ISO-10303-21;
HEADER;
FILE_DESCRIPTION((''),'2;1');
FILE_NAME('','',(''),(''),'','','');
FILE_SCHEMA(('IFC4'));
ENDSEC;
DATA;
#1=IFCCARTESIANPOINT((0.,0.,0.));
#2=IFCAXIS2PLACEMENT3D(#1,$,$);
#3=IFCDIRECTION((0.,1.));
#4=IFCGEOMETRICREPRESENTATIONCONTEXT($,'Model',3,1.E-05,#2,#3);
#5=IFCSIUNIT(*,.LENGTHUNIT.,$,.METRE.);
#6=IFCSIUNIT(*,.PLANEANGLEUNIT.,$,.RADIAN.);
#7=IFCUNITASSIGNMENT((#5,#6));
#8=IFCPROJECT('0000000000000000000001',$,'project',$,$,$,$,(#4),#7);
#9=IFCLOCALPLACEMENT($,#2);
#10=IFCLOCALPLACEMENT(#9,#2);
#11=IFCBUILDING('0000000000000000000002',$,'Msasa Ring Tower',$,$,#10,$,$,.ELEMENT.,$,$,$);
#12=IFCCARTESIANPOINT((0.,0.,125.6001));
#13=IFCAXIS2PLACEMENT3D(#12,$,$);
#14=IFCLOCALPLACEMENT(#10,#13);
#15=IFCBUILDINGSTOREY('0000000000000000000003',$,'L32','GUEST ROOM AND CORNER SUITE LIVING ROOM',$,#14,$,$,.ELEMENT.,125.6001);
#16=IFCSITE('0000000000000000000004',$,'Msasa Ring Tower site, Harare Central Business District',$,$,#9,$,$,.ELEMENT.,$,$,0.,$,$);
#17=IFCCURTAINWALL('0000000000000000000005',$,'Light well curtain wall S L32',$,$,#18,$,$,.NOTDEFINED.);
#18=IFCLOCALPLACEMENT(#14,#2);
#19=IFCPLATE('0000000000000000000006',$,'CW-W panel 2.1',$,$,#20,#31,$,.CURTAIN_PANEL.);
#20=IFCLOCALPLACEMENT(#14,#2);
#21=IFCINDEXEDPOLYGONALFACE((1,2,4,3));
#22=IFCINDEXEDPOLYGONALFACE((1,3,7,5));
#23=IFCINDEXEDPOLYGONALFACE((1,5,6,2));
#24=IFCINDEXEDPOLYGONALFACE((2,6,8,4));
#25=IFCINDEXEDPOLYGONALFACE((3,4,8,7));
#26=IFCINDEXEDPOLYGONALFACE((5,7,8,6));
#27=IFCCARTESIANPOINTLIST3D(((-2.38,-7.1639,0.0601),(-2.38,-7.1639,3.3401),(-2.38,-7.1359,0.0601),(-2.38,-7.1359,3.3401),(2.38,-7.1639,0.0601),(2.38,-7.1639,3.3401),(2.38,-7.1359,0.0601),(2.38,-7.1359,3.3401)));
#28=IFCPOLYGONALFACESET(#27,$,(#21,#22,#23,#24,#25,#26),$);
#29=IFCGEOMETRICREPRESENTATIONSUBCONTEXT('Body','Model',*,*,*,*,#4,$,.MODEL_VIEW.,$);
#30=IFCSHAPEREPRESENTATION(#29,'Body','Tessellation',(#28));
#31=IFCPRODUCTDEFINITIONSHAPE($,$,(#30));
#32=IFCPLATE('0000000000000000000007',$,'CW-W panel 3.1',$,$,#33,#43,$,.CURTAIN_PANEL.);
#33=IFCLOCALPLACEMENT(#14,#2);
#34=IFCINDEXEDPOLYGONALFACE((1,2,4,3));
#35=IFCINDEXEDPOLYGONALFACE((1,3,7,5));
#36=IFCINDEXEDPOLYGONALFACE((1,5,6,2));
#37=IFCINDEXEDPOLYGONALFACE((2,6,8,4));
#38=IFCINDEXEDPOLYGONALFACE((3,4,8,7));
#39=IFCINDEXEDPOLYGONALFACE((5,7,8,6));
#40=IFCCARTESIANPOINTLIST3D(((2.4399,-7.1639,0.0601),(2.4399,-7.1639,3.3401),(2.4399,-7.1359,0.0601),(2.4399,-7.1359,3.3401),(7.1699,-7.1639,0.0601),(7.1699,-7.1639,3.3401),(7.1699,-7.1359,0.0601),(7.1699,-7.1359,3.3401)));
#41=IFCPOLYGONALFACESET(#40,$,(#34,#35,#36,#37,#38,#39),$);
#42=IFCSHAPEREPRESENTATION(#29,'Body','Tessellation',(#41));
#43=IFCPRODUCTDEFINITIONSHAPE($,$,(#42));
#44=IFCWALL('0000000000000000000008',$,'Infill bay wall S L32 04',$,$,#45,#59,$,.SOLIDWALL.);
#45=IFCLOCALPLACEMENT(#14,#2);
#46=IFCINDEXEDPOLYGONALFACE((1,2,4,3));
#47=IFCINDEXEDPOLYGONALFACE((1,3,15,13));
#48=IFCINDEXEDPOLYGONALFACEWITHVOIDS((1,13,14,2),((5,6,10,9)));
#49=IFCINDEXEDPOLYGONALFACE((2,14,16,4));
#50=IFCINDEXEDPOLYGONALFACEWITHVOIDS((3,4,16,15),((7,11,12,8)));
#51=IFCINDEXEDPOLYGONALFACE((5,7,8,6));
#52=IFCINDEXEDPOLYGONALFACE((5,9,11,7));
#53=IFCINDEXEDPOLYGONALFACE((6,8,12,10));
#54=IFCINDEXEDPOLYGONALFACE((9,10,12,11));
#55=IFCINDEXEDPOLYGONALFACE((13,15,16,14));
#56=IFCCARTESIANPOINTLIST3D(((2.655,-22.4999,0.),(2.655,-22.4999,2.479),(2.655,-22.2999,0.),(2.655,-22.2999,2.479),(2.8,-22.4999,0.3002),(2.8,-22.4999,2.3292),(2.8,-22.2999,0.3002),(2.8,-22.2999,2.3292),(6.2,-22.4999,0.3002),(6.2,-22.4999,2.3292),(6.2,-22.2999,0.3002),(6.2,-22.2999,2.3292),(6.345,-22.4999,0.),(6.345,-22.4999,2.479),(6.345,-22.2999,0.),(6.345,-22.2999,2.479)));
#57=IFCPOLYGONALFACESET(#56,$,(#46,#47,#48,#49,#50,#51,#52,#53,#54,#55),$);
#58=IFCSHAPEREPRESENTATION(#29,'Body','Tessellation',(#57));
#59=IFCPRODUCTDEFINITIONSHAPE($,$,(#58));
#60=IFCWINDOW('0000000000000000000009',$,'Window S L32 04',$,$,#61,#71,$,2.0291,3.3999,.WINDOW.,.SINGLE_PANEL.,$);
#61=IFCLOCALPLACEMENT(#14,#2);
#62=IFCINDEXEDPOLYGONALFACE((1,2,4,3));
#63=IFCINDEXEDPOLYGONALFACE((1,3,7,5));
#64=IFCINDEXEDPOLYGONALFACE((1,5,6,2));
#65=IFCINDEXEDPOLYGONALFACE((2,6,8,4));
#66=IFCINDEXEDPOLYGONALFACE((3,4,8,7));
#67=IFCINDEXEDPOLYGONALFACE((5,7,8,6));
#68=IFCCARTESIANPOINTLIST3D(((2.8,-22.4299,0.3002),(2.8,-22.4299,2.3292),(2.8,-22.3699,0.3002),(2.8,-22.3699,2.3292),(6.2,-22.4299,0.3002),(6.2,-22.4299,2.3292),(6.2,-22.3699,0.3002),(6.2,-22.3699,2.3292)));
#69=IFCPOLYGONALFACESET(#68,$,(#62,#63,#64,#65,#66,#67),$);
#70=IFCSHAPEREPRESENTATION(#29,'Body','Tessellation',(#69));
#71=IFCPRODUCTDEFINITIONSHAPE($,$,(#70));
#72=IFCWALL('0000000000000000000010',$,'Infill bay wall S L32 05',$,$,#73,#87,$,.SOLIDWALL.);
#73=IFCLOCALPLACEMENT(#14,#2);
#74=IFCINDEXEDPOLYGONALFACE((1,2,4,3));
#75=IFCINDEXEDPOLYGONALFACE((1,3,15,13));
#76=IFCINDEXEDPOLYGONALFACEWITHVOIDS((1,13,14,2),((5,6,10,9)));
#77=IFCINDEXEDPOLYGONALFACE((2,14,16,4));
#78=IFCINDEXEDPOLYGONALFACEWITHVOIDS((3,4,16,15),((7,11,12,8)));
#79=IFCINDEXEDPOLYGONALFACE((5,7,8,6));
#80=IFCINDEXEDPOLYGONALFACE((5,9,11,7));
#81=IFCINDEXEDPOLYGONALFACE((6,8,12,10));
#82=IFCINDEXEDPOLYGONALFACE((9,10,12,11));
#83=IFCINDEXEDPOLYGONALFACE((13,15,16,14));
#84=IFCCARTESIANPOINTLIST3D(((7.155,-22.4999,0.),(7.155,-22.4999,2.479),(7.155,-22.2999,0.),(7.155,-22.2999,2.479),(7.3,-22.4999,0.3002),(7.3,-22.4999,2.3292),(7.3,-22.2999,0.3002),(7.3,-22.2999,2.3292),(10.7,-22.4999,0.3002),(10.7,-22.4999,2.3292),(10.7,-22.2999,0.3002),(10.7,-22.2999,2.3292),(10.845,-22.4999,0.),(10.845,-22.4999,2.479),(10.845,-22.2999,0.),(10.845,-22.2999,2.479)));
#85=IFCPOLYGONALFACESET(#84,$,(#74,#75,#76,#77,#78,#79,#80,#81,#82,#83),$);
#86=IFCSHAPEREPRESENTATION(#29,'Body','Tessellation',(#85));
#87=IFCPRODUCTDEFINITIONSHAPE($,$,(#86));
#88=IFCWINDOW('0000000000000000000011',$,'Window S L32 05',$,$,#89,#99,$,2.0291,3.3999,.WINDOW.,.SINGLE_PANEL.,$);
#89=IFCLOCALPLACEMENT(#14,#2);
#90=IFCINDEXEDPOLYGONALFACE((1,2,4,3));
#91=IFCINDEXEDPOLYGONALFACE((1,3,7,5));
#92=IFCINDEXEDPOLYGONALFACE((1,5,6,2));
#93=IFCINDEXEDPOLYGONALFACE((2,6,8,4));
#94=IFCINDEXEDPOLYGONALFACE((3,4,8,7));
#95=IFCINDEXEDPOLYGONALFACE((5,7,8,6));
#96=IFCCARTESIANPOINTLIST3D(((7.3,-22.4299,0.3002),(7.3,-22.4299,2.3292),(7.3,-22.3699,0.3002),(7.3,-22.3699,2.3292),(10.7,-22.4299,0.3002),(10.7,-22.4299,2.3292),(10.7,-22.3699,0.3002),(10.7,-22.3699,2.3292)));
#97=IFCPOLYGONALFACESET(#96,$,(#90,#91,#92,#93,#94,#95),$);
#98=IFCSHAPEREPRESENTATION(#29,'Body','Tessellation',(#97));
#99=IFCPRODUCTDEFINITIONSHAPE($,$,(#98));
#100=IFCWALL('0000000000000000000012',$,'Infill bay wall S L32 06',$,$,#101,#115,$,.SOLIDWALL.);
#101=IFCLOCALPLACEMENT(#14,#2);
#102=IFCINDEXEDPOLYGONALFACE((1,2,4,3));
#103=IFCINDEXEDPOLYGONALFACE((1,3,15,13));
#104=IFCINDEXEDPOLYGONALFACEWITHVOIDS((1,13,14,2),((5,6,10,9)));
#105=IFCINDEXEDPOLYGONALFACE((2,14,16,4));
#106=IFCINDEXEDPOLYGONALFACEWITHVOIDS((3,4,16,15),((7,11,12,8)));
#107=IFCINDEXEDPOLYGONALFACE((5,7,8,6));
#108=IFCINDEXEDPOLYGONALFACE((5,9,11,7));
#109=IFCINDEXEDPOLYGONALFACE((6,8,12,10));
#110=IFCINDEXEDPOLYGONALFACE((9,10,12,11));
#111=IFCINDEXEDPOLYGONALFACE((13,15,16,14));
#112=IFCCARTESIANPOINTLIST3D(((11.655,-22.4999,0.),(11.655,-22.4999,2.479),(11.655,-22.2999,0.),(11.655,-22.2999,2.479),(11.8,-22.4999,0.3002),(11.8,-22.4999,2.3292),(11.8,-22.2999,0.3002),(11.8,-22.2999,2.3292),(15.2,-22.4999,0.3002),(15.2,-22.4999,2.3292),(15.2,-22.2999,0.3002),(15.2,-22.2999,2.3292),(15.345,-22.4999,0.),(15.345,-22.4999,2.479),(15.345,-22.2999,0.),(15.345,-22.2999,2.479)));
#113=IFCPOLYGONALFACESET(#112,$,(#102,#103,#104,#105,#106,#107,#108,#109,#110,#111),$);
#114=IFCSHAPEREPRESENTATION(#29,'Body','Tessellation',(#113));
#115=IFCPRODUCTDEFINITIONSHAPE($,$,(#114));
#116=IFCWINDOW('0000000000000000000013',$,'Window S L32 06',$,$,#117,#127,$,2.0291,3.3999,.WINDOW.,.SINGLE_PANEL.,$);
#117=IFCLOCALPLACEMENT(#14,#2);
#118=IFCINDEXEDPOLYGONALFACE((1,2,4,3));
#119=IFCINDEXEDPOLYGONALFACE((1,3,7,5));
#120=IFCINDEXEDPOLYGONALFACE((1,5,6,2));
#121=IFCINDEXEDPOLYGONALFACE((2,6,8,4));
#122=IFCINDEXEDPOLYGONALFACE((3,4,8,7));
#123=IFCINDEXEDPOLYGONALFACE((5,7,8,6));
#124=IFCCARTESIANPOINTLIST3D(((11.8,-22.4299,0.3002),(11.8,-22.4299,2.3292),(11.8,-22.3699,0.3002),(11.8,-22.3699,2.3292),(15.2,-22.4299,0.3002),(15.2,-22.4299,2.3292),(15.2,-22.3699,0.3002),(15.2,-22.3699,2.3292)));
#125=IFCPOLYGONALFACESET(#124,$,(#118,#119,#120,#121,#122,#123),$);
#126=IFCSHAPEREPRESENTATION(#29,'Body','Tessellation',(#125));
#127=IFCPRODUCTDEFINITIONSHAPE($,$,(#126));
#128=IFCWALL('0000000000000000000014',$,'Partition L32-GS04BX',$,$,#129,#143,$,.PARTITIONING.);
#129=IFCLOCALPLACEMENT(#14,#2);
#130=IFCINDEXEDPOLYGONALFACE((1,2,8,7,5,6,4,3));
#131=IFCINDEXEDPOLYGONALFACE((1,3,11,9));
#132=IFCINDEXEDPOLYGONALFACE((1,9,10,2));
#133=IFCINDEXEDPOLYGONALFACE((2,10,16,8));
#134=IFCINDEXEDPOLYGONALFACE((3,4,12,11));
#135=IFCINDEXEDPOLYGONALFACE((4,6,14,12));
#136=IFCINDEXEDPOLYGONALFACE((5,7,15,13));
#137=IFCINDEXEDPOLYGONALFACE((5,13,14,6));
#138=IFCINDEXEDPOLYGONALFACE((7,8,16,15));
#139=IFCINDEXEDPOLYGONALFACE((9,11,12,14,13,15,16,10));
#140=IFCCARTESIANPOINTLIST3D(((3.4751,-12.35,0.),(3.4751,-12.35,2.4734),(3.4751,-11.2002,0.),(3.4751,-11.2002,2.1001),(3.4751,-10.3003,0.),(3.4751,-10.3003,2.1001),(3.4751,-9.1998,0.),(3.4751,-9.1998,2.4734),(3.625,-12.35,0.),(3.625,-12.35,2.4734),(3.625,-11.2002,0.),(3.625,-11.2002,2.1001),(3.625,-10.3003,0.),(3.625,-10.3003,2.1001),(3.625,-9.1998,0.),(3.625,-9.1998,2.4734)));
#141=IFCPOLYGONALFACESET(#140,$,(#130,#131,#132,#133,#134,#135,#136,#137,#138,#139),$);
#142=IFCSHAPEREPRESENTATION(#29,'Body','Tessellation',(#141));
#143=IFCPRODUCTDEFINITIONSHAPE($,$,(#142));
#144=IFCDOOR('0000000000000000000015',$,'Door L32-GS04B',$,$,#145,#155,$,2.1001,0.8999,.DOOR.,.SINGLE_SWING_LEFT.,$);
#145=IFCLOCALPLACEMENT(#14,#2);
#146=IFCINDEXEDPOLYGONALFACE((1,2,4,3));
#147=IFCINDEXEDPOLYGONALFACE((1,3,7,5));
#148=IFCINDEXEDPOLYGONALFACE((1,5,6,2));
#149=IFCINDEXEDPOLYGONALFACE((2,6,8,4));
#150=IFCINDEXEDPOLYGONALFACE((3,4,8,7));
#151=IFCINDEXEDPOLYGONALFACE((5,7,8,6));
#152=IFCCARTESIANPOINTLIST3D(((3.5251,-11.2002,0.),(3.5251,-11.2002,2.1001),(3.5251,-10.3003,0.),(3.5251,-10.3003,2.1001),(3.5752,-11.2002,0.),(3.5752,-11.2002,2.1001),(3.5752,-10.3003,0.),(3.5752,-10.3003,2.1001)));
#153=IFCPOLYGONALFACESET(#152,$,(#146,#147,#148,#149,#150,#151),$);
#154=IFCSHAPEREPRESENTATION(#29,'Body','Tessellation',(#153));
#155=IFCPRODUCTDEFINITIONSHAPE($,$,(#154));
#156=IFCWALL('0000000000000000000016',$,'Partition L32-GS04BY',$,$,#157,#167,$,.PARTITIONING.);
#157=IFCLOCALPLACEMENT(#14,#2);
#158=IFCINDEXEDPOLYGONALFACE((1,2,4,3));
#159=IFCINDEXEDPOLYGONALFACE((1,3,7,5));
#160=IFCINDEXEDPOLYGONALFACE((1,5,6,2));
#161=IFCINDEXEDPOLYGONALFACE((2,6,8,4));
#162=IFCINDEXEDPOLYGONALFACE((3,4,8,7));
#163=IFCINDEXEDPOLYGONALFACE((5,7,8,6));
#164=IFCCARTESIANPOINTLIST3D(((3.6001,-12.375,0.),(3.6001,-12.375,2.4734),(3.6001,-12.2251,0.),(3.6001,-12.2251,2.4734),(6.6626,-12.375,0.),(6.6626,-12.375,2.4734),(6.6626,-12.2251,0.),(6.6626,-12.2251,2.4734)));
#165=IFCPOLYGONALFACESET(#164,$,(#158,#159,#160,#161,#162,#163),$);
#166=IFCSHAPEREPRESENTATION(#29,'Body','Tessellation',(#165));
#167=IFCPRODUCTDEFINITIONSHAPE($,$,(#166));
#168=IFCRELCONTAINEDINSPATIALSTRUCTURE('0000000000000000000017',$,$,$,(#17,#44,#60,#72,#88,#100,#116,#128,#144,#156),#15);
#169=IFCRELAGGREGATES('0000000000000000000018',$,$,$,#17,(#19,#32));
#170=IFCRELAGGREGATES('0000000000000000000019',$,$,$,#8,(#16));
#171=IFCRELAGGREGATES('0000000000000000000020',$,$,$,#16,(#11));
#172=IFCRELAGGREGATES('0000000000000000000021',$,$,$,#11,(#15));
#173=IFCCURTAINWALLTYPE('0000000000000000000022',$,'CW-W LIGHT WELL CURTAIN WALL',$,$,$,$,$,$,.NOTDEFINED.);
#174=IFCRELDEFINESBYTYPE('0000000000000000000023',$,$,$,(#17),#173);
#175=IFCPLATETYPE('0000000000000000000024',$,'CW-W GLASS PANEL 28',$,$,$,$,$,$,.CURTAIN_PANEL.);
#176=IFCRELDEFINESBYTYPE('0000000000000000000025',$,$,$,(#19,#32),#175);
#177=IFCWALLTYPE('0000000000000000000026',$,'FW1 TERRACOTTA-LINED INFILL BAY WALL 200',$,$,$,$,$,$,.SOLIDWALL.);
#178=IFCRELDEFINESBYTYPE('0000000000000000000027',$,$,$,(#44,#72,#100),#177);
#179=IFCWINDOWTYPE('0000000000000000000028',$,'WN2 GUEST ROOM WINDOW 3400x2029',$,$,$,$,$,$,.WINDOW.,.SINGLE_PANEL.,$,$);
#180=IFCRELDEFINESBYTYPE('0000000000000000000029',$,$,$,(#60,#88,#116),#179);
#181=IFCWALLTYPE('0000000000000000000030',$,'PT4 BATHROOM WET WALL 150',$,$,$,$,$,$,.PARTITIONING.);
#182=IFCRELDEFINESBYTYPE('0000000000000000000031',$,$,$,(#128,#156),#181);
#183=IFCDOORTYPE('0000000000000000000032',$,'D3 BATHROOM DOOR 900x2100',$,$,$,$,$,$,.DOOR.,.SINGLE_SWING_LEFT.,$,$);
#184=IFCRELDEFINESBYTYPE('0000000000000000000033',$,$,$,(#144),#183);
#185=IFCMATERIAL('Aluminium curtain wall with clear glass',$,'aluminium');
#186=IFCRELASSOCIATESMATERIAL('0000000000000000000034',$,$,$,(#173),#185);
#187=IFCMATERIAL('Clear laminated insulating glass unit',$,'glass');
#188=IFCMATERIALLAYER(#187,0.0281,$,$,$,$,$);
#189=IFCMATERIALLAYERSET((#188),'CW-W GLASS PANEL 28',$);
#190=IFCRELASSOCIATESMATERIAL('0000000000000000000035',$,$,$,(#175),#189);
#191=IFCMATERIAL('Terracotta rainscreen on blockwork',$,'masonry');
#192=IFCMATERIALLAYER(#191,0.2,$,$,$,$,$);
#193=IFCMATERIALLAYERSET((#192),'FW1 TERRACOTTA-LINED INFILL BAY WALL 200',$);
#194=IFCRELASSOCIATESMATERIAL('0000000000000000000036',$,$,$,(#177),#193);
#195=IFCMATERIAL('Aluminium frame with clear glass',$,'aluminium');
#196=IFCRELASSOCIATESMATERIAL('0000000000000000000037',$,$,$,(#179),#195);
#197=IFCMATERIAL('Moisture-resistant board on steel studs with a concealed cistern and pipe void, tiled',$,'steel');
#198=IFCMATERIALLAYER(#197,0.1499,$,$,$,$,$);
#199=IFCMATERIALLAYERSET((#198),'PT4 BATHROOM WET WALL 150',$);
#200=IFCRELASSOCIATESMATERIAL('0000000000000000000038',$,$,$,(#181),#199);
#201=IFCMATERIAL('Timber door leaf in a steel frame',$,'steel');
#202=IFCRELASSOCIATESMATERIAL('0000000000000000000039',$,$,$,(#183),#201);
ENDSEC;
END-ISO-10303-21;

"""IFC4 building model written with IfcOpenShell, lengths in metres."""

from ifc_helpers import new_model, si_unit, direction, frame, frame_2d, origin, origin_2d, place, context, subcontext, project, spatial, rectangle, extrude, material, layer, layer_set, type_object, element, fill, aggregate, save


model = new_model("IFC4")

# Units and contexts
model_context = context("Model", 3, precision=1e-05, world=origin(), true_north=direction((0.0, 1.0)))
body_context = subcontext(model_context, "Body", "Model", "MODEL_VIEW")
ifc_project = project(units=[si_unit("LENGTHUNIT", "METRE"), si_unit("PLANEANGLEUNIT", "RADIAN")], contexts=[model_context])

# Site, building, storey
site_placement = place(None, origin())
site = spatial("IfcSite", under=ifc_project, at=site_placement, Name="Msasa Ring Tower site, Harare Central Business District", CompositionType="ELEMENT", RefElevation=0.0)
building_placement = place(site_placement, origin())
building = spatial("IfcBuilding", under=site, at=building_placement, Name="Msasa Ring Tower", CompositionType="ELEMENT")
storey_placement = place(building_placement, frame((0.0, 0.0, 125.6001)))
storey = spatial("IfcBuildingStorey", under=building, at=storey_placement, Name="L32", Description="GUEST ROOM AND CORNER SUITE LIVING ROOM", CompositionType="ELEMENT", Elevation=125.6001)

# Curtain wall
ifc_material_1 = material(Name="Aluminium curtain wall with clear glass", Category="aluminium")
curtain_wall_type = type_object("IfcCurtainWallType", Name="CW-W LIGHT WELL CURTAIN WALL", PredefinedType="NOTDEFINED", material=ifc_material_1)
curtain_wall_placement = place(storey_placement, origin())
curtain_wall = element("IfcCurtainWall", 1, at=curtain_wall_placement, inside=storey, type_object=curtain_wall_type, Name="Light well curtain wall S L32", PredefinedType="NOTDEFINED")

# Plates
ifc_material_2 = material(Name="Clear laminated insulating glass unit", Category="glass")
ifc_layer_1 = layer(ifc_material_2, 0.0281)
ifc_layer_set_1 = layer_set([ifc_layer_1], Name="CW-W GLASS PANEL 28")
plate_type = type_object("IfcPlateType", Name="CW-W GLASS PANEL 28", PredefinedType="CURTAIN_PANEL", material=ifc_layer_set_1)
plate_1_placement = place(storey_placement, frame((0.0, -7.1499, 0.0601), z_axis=(0.0, 0.0, 1.0), x_axis=(1.0, 0.0, 0.0)))
plate_1 = element("IfcPlate", 2, at=plate_1_placement, type_object=plate_type, Name="CW-W panel 2.1", PredefinedType="CURTAIN_PANEL", context=body_context, shape_type="SweptSolid", body=[
    extrude(rectangle(XDim=4.76, YDim=0.0281, at=origin_2d()), origin(), (0.0, 0.0, 1.0), 3.28),
])
plate_2_placement = place(storey_placement, frame((4.8049, -7.1499, 0.0601), z_axis=(0.0, 0.0, 1.0), x_axis=(1.0, 0.0, 0.0)))
plate_2 = element("IfcPlate", 3, at=plate_2_placement, type_object=plate_type, Name="CW-W panel 3.1", PredefinedType="CURTAIN_PANEL", context=body_context, shape_type="SweptSolid", body=[
    extrude(rectangle(XDim=4.73, YDim=0.0281, at=origin_2d()), origin(), (0.0, 0.0, 1.0), 3.28),
])
aggregate(curtain_wall, [plate_1, plate_2])

# Walls, openings, windows
ifc_material_3 = material(Name="Terracotta rainscreen on blockwork", Category="masonry")
ifc_layer_2 = layer(ifc_material_3, 0.2)
ifc_layer_set_2 = layer_set([ifc_layer_2], Name="FW1 TERRACOTTA-LINED INFILL BAY WALL 200")
wall_type_1 = type_object("IfcWallType", Name="FW1 TERRACOTTA-LINED INFILL BAY WALL 200", PredefinedType="SOLIDWALL", material=ifc_layer_set_2)
wall_1_placement = place(storey_placement, frame((2.655, -22.3999, 0.0), z_axis=(0.0, 0.0, 1.0), x_axis=(1.0, 0.0, 0.0)))
wall_1 = element("IfcWall", 4, at=wall_1_placement, inside=storey, type_object=wall_type_1, Name="Infill bay wall S L32 04", PredefinedType="SOLIDWALL", context=body_context, shape_type="SweptSolid", body=[
    extrude(rectangle(XDim=3.6899, YDim=0.2, at=frame_2d((1.845, 0.0))), origin(), (0.0, 0.0, 1.0), 2.479),
])
opening_1_placement = place(wall_1_placement, frame((0.145, 0.0, 0.3)))
opening_1 = element("IfcOpeningElement", 5, at=opening_1_placement, cuts=wall_1, PredefinedType="OPENING", context=body_context, shape_type="SweptSolid", body=[
    extrude(rectangle(XDim=3.3999, YDim=2.0291, at=frame_2d((1.7, 1.0146))), frame((0.0, 0.1099, 0.0), z_axis=(0.0, -1.0, 0.0), x_axis=(1.0, 0.0, 0.0)), (0.0, 0.0, 1.0), 0.22),
])
ifc_material_4 = material(Name="Aluminium frame with clear glass", Category="aluminium")
window_type = type_object("IfcWindowType", Name="WN2 GUEST ROOM WINDOW 3400x2029", PartitioningType="SINGLE_PANEL", PredefinedType="WINDOW", material=ifc_material_4)
window_1_placement = place(opening_1_placement, origin())
window_1 = element("IfcWindow", 6, at=window_1_placement, inside=storey, type_object=window_type, Name="Window S L32 04", OverallHeight=2.0291, OverallWidth=3.3999, PartitioningType="SINGLE_PANEL", PredefinedType="WINDOW", context=body_context, shape_type="SweptSolid", body=[
    extrude(rectangle(XDim=3.3999, YDim=2.0291, at=frame_2d((1.7, 1.0146))), frame((0.0, 0.03, 0.0), z_axis=(0.0, -1.0, 0.0), x_axis=(1.0, 0.0, 0.0)), (0.0, 0.0, 1.0), 0.0601),
])
fill(opening_1, window_1)
wall_2_placement = place(storey_placement, frame((7.155, -22.3999, 0.0), z_axis=(0.0, 0.0, 1.0), x_axis=(1.0, 0.0, 0.0)))
wall_2 = element("IfcWall", 7, at=wall_2_placement, inside=storey, type_object=wall_type_1, Name="Infill bay wall S L32 05", PredefinedType="SOLIDWALL", context=body_context, shape_type="SweptSolid", body=[
    extrude(rectangle(XDim=3.6899, YDim=0.2, at=frame_2d((1.845, 0.0))), origin(), (0.0, 0.0, 1.0), 2.479),
])
opening_2_placement = place(wall_2_placement, frame((0.145, 0.0, 0.3)))
opening_2 = element("IfcOpeningElement", 8, at=opening_2_placement, cuts=wall_2, PredefinedType="OPENING", context=body_context, shape_type="SweptSolid", body=[
    extrude(rectangle(XDim=3.3999, YDim=2.0291, at=frame_2d((1.7, 1.0146))), frame((0.0, 0.1099, 0.0), z_axis=(0.0, -1.0, 0.0), x_axis=(1.0, 0.0, 0.0)), (0.0, 0.0, 1.0), 0.22),
])
window_2_placement = place(opening_2_placement, origin())
window_2 = element("IfcWindow", 9, at=window_2_placement, inside=storey, type_object=window_type, Name="Window S L32 05", OverallHeight=2.0291, OverallWidth=3.3999, PartitioningType="SINGLE_PANEL", PredefinedType="WINDOW", context=body_context, shape_type="SweptSolid", body=[
    extrude(rectangle(XDim=3.3999, YDim=2.0291, at=frame_2d((1.7, 1.0146))), frame((0.0, 0.03, 0.0), z_axis=(0.0, -1.0, 0.0), x_axis=(1.0, 0.0, 0.0)), (0.0, 0.0, 1.0), 0.0601),
])
fill(opening_2, window_2)
wall_3_placement = place(storey_placement, frame((11.655, -22.3999, 0.0), z_axis=(0.0, 0.0, 1.0), x_axis=(1.0, 0.0, 0.0)))
wall_3 = element("IfcWall", 10, at=wall_3_placement, inside=storey, type_object=wall_type_1, Name="Infill bay wall S L32 06", PredefinedType="SOLIDWALL", context=body_context, shape_type="SweptSolid", body=[
    extrude(rectangle(XDim=3.6899, YDim=0.2, at=frame_2d((1.845, 0.0))), origin(), (0.0, 0.0, 1.0), 2.479),
])
opening_3_placement = place(wall_3_placement, frame((0.145, 0.0, 0.3)))
opening_3 = element("IfcOpeningElement", 11, at=opening_3_placement, cuts=wall_3, PredefinedType="OPENING", context=body_context, shape_type="SweptSolid", body=[
    extrude(rectangle(XDim=3.3999, YDim=2.0291, at=frame_2d((1.7, 1.0146))), frame((0.0, 0.1099, 0.0), z_axis=(0.0, -1.0, 0.0), x_axis=(1.0, 0.0, 0.0)), (0.0, 0.0, 1.0), 0.22),
])
window_3_placement = place(opening_3_placement, origin())
window_3 = element("IfcWindow", 12, at=window_3_placement, inside=storey, type_object=window_type, Name="Window S L32 06", OverallHeight=2.0291, OverallWidth=3.3999, PartitioningType="SINGLE_PANEL", PredefinedType="WINDOW", context=body_context, shape_type="SweptSolid", body=[
    extrude(rectangle(XDim=3.3999, YDim=2.0291, at=frame_2d((1.7, 1.0146))), frame((0.0, 0.03, 0.0), z_axis=(0.0, -1.0, 0.0), x_axis=(1.0, 0.0, 0.0)), (0.0, 0.0, 1.0), 0.0601),
])
fill(opening_3, window_3)

# Wall, opening, door
ifc_material_5 = material(Name="Moisture-resistant board on steel studs with a concealed cistern and pipe void, tiled", Category="steel")
ifc_layer_3 = layer(ifc_material_5, 0.1499)
ifc_layer_set_3 = layer_set([ifc_layer_3], Name="PT4 BATHROOM WET WALL 150")
wall_type_2 = type_object("IfcWallType", Name="PT4 BATHROOM WET WALL 150", PredefinedType="PARTITIONING", material=ifc_layer_set_3)
wall_4_placement = place(storey_placement, frame((3.55, -12.3501, 0.0), z_axis=(0.0, 0.0, 1.0), x_axis=(0.0, 1.0, 0.0)))
wall_4 = element("IfcWall", 13, at=wall_4_placement, inside=storey, type_object=wall_type_2, Name="Partition L32-GS04BX", PredefinedType="PARTITIONING", context=body_context, shape_type="SweptSolid", body=[
    extrude(rectangle(XDim=3.1501, YDim=0.1499, at=frame_2d((1.5752, 0.0))), origin(), (0.0, 0.0, 1.0), 2.4734),
])
opening_4_placement = place(wall_4_placement, frame((1.1499, 0.0, 0.0)))
opening_4 = element("IfcOpeningElement", 14, at=opening_4_placement, cuts=wall_4, PredefinedType="OPENING", context=body_context, shape_type="SweptSolid", body=[
    extrude(rectangle(XDim=0.8999, YDim=2.1001, at=frame_2d((0.45, 1.05))), frame((0.0, 0.085, 0.0), z_axis=(0.0, -1.0, 0.0), x_axis=(1.0, 0.0, 0.0)), (0.0, 0.0, 1.0), 0.1699),
])
ifc_material_6 = material(Name="Timber door leaf in a steel frame", Category="steel")
door_type = type_object("IfcDoorType", Name="D3 BATHROOM DOOR 900x2100", OperationType="SINGLE_SWING_LEFT", PredefinedType="DOOR", material=ifc_material_6)
door_1_placement = place(opening_4_placement, origin())
door_1 = element("IfcDoor", 15, at=door_1_placement, inside=storey, type_object=door_type, Name="Door L32-GS04B", OperationType="SINGLE_SWING_LEFT", OverallHeight=2.1001, OverallWidth=0.8999, PredefinedType="DOOR", context=body_context, shape_type="SweptSolid", body=[
    extrude(rectangle(XDim=0.8999, YDim=2.1001, at=frame_2d((0.45, 1.05))), frame((0.0, 0.0249, 0.0), z_axis=(0.0, -1.0, 0.0), x_axis=(1.0, 0.0, 0.0)), (0.0, 0.0, 1.0), 0.05),
])
fill(opening_4, door_1)

# Wall
wall_5_placement = place(storey_placement, frame((3.6001, -12.3, 0.0), z_axis=(0.0, 0.0, 1.0), x_axis=(1.0, 0.0, 0.0)))
element("IfcWall", 16, at=wall_5_placement, inside=storey, type_object=wall_type_2, Name="Partition L32-GS04BY", PredefinedType="PARTITIONING", context=body_context, shape_type="SweptSolid", body=[
    extrude(rectangle(XDim=3.0625, YDim=0.1499, at=frame_2d((1.5312, 0.0))), origin(), (0.0, 0.0, 1.0), 2.4734),
])

save(model, "model.ifc")
